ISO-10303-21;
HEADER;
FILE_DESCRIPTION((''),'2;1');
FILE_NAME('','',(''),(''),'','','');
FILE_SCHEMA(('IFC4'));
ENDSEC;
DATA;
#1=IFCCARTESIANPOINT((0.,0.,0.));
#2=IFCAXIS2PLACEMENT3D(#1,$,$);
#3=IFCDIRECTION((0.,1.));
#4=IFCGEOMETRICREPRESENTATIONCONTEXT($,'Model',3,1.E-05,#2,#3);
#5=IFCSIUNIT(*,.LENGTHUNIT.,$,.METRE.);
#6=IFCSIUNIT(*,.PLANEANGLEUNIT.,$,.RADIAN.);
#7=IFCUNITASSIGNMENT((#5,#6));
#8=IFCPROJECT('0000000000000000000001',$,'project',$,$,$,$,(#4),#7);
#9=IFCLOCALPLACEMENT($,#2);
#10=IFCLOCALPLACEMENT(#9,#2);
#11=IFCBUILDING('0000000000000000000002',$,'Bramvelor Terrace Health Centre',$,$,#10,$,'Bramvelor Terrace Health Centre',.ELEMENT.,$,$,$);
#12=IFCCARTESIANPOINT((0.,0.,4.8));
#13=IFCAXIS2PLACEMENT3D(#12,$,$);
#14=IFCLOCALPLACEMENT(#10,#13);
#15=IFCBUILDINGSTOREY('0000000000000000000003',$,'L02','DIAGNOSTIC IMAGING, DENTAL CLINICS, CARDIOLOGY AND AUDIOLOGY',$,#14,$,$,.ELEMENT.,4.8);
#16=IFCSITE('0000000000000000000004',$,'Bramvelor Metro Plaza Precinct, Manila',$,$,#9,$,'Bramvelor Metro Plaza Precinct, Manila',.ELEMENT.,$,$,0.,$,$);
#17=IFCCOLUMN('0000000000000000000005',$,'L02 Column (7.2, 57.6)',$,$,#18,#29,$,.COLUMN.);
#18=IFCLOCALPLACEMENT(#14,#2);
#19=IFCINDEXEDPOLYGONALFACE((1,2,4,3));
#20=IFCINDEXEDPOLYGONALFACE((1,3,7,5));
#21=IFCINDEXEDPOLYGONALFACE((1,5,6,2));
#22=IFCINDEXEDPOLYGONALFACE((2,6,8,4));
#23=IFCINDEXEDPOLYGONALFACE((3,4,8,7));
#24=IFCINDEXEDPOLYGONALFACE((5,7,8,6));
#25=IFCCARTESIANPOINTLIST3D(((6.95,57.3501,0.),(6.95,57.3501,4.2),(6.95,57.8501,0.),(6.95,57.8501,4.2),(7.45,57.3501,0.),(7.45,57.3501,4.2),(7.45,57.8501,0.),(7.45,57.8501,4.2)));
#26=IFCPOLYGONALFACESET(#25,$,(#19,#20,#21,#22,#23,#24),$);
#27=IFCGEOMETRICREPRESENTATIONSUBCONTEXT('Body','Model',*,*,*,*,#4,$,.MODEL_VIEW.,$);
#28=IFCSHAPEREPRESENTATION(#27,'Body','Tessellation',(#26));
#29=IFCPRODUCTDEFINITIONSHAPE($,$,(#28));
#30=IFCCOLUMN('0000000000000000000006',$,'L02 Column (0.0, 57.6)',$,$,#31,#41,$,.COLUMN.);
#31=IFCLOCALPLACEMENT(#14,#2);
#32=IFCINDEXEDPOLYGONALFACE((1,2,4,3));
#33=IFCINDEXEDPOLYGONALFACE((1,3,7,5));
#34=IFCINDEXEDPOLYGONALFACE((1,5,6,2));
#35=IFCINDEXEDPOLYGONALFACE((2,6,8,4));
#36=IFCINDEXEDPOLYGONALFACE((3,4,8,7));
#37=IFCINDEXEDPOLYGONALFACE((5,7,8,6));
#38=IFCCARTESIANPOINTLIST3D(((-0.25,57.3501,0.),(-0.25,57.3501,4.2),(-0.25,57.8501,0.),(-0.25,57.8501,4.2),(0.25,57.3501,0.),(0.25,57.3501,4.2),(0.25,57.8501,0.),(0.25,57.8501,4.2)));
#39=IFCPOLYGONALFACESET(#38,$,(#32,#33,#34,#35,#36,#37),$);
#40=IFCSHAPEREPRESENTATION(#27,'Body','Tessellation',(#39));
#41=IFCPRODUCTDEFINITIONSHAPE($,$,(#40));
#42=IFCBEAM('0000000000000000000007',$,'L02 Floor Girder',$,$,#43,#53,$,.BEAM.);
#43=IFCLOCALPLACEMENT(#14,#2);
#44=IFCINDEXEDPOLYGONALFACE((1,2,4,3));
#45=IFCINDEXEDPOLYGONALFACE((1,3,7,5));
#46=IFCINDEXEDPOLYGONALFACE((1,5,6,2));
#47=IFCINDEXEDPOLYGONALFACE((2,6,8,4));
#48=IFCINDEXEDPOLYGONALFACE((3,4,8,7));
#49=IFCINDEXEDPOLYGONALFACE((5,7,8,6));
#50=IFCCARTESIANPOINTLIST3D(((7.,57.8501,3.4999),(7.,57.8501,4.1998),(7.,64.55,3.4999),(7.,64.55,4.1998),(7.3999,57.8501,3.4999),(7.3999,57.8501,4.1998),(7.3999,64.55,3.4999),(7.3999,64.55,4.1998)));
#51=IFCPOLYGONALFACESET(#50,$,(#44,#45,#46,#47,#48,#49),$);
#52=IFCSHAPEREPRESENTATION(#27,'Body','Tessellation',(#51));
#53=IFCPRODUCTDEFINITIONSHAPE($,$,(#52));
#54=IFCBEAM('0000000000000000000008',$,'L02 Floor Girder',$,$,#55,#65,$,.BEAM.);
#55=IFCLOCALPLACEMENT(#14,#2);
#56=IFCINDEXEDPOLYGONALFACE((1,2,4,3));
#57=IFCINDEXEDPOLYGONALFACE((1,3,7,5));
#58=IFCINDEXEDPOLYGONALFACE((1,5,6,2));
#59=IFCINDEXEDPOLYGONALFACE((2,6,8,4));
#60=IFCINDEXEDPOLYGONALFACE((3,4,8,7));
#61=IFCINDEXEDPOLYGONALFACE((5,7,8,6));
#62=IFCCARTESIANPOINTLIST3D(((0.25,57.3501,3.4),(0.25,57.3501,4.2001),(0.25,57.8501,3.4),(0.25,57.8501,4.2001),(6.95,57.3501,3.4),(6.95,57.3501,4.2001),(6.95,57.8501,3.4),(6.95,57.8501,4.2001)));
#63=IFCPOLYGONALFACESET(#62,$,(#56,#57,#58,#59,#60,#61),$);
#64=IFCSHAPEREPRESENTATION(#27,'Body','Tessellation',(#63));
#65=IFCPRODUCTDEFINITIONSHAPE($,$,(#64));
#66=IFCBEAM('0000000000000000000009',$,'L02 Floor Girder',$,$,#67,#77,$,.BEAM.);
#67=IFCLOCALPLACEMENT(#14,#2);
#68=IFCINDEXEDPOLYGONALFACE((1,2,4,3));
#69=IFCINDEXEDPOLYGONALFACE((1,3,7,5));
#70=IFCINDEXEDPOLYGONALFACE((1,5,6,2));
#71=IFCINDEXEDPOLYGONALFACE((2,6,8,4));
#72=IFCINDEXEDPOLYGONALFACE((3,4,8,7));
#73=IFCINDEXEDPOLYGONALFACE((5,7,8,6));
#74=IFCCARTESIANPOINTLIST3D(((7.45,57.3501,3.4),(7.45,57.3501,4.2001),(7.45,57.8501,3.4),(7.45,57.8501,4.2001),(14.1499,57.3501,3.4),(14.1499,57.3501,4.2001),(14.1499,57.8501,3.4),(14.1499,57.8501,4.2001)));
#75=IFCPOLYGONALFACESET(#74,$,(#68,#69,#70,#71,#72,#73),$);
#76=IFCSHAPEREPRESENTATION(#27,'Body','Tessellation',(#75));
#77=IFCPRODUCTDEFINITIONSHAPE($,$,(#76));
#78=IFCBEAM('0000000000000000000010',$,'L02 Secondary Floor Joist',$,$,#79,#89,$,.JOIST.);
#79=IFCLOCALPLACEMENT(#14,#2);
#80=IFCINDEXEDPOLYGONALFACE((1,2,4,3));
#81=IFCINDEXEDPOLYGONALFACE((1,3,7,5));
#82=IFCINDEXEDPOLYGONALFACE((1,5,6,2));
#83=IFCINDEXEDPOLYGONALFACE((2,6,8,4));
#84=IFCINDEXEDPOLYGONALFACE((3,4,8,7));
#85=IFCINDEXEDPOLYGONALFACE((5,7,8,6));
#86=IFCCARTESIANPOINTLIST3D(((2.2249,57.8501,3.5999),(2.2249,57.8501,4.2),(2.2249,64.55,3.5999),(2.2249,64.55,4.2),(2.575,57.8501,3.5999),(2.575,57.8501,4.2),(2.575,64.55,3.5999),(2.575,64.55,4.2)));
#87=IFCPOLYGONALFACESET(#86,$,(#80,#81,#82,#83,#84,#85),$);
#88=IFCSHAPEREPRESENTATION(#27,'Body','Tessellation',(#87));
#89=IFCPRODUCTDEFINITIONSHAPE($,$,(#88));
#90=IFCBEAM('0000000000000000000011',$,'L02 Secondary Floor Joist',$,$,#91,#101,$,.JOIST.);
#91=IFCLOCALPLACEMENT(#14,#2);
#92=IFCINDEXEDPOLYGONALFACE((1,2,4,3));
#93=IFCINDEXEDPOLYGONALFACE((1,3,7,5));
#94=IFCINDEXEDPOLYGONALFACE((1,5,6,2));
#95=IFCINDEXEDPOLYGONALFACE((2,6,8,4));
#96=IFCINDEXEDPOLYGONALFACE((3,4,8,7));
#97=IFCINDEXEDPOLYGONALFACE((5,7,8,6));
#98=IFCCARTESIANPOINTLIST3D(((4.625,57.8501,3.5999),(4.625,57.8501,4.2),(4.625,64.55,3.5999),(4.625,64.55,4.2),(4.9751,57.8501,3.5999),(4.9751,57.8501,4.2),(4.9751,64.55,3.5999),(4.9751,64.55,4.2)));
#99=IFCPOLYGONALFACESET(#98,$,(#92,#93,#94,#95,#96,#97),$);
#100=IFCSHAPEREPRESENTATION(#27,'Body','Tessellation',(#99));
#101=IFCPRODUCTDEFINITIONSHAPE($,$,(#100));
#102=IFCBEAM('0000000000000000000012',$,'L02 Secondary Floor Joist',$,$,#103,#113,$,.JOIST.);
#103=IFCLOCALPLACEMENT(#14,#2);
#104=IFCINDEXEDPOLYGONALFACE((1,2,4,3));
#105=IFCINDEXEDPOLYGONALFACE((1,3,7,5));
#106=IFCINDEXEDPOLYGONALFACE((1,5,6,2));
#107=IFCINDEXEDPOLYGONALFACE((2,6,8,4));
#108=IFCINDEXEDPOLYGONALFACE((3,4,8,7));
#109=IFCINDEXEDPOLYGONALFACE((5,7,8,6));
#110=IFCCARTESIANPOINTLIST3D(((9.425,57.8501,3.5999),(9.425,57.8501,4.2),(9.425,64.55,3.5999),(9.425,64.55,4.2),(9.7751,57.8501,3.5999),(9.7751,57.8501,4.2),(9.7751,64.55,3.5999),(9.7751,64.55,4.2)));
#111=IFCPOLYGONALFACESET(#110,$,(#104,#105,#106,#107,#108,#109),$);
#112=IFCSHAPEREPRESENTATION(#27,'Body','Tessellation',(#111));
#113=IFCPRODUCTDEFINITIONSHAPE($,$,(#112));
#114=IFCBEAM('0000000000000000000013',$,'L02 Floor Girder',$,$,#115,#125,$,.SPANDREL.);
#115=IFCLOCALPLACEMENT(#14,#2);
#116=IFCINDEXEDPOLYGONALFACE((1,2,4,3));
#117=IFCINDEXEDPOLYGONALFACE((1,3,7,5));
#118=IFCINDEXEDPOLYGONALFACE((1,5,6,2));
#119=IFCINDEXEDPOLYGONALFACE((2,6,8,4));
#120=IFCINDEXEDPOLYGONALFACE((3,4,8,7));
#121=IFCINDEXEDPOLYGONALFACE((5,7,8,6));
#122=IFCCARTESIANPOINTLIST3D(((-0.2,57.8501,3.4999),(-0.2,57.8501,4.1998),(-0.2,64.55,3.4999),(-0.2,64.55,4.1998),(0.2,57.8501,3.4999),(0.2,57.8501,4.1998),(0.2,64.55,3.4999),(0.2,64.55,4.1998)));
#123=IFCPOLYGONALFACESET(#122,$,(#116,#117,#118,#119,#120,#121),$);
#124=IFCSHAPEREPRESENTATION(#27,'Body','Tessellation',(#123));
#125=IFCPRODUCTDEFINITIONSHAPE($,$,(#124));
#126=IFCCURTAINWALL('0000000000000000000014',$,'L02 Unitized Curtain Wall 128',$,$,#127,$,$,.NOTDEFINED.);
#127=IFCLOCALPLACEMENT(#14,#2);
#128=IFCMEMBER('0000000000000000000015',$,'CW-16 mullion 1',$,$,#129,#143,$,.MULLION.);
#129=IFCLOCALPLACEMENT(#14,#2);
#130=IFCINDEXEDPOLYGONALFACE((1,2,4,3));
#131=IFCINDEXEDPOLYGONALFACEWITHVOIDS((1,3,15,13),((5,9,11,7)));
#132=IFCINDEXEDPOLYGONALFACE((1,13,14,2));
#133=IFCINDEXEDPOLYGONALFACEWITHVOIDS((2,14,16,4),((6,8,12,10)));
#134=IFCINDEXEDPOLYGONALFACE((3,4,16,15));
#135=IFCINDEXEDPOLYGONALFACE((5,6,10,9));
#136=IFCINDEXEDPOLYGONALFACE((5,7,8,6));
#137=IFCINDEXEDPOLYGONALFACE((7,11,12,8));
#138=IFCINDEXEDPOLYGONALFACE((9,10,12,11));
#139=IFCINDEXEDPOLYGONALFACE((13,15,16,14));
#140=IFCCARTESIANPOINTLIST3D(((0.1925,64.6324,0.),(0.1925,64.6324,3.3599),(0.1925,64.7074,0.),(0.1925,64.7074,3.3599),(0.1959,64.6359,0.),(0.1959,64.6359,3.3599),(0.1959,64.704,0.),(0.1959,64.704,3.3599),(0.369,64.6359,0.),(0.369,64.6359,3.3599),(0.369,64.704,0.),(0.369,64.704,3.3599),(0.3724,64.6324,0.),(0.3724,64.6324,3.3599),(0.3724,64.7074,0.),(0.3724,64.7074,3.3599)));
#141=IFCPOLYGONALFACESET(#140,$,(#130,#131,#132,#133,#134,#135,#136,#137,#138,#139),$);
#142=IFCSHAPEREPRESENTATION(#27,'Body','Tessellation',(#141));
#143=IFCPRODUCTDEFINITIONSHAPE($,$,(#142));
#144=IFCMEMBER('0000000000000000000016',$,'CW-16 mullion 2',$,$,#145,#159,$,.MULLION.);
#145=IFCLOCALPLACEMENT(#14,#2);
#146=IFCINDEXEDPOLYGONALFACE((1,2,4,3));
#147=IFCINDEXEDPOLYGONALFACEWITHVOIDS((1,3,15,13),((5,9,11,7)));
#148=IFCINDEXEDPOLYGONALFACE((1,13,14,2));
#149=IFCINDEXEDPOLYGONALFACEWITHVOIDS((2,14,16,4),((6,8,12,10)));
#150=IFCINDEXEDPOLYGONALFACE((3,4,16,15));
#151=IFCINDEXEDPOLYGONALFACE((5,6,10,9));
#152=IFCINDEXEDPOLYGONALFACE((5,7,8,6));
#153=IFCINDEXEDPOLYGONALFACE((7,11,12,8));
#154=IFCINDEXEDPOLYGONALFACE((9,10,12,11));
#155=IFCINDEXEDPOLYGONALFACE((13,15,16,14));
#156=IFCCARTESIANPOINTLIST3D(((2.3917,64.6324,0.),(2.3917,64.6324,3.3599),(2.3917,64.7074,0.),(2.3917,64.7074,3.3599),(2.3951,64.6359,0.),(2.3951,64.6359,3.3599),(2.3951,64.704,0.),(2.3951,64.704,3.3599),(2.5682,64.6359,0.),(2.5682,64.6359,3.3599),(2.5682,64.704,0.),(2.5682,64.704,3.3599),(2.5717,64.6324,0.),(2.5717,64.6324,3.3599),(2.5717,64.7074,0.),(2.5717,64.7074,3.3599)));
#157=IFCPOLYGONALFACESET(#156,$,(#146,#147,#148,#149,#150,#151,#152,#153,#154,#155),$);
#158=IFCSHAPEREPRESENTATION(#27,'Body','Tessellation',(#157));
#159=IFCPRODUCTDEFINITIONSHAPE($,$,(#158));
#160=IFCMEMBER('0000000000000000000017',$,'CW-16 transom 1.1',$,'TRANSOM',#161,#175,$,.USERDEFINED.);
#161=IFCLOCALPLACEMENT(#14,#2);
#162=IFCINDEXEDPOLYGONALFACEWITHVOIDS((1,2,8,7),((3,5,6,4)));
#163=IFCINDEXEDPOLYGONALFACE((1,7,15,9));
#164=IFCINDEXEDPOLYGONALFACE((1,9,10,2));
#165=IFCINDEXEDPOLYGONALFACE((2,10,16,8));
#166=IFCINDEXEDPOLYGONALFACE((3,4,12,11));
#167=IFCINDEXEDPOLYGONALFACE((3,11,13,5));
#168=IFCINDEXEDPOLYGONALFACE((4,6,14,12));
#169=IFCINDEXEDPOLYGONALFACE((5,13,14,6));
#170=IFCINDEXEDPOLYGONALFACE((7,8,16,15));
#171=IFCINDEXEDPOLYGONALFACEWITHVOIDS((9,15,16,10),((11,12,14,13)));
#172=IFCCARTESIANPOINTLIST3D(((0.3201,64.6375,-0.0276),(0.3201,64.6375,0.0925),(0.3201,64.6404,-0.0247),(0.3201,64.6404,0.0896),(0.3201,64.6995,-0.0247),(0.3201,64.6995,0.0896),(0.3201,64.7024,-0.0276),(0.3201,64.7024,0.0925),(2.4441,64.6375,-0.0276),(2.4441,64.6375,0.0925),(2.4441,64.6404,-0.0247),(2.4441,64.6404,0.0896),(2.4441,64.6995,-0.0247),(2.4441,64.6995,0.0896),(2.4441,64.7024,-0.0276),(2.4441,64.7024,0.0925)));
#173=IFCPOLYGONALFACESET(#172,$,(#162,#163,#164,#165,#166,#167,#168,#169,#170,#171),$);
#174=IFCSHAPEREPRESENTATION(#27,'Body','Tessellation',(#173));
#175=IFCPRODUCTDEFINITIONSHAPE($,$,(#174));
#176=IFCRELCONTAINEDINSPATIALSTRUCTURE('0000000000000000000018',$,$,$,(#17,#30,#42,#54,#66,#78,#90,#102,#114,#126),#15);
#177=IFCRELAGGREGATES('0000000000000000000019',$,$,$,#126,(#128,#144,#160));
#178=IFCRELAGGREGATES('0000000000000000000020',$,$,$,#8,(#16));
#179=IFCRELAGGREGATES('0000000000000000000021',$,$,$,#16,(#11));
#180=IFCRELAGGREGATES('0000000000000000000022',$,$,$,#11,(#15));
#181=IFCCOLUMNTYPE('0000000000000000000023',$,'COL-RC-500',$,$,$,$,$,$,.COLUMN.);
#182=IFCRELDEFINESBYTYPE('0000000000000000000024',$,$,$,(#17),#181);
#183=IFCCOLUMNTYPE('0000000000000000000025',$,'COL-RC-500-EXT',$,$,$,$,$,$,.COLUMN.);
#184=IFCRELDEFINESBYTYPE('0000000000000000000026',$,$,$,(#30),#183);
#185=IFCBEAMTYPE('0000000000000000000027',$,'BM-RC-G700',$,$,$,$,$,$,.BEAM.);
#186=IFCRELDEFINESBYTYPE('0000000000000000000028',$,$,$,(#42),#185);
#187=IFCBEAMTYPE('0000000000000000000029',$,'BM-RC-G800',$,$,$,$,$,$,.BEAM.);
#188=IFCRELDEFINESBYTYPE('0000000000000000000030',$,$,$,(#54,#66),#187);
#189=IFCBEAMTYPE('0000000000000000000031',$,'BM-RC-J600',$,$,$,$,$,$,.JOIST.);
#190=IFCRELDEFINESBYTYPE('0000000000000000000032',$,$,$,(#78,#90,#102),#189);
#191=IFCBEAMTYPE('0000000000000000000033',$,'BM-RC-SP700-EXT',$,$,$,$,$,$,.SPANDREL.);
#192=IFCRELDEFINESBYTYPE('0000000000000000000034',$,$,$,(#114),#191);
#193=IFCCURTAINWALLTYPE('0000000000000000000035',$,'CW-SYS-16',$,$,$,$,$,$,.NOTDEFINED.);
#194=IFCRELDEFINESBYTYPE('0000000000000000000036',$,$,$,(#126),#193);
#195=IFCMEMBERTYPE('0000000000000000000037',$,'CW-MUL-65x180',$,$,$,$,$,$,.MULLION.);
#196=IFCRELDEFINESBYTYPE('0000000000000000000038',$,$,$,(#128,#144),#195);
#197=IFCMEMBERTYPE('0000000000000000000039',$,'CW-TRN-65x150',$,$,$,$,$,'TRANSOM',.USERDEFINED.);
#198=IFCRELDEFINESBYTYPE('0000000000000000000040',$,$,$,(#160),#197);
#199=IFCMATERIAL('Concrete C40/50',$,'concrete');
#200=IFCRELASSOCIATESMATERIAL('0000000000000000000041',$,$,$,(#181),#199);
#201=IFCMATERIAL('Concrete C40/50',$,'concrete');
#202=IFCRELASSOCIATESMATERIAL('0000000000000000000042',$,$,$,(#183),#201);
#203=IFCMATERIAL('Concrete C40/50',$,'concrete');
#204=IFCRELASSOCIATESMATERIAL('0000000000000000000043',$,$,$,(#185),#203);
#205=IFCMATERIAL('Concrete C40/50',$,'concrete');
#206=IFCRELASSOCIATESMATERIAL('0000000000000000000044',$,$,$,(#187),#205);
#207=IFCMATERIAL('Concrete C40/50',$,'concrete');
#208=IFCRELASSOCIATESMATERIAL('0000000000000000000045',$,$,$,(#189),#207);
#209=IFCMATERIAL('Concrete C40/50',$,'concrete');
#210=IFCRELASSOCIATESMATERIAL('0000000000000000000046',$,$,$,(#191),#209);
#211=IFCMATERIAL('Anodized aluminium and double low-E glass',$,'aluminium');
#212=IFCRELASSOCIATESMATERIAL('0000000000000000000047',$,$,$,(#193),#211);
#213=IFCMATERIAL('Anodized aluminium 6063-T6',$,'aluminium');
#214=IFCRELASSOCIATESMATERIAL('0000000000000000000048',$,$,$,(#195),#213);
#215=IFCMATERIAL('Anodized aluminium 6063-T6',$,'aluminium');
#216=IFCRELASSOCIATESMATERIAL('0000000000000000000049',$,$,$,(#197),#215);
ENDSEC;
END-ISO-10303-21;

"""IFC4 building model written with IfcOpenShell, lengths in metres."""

from ifc_helpers import new_model, si_unit, direction, frame, origin, origin_2d, place, context, subcontext, project, spatial, rectangle, hollow_rectangle, extrude, material, material_profile, profile_set, type_object, element, aggregate, save


model = new_model("IFC4")

# Units and contexts
model_context = context("Model", 3, precision=1e-05, world=origin(), true_north=direction((0.0, 1.0)))
body_context = subcontext(model_context, "Body", "Model", "MODEL_VIEW")
ifc_project = project(units=[si_unit("LENGTHUNIT", "METRE"), si_unit("PLANEANGLEUNIT", "RADIAN")], contexts=[model_context])

# Site, building, storey
site_placement = place(None, origin())
site = spatial("IfcSite", under=ifc_project, at=site_placement, Name="Bramvelor Metro Plaza Precinct, Manila", LongName="Bramvelor Metro Plaza Precinct, Manila", CompositionType="ELEMENT", RefElevation=0.0)
building_placement = place(site_placement, origin())
building = spatial("IfcBuilding", under=site, at=building_placement, Name="Bramvelor Terrace Health Centre", LongName="Bramvelor Terrace Health Centre", CompositionType="ELEMENT")
storey_placement = place(building_placement, frame((0.0, 0.0, 4.8)))
storey = spatial("IfcBuildingStorey", under=building, at=storey_placement, Name="L02", Description="DIAGNOSTIC IMAGING, DENTAL CLINICS, CARDIOLOGY AND AUDIOLOGY", CompositionType="ELEMENT", Elevation=4.8)

# Columns
ifc_material_1 = material(Name="Concrete C40/50", Category="concrete")
ifc_material_profile_1 = material_profile(ifc_material_1, rectangle(XDim=0.5, YDim=0.5, at=origin_2d()), Name="RC 500x500")
ifc_profile_set_1 = profile_set([ifc_material_profile_1], Name="Concrete C40/50")
column_type_1 = type_object("IfcColumnType", Name="COL-RC-500", PredefinedType="COLUMN", material=ifc_profile_set_1)
column_1_placement = place(storey_placement, frame((7.2, 57.6001, 0.0), z_axis=(0.0, 0.0, 1.0), x_axis=(1.0, 0.0, 0.0)))
element("IfcColumn", 1, at=column_1_placement, inside=storey, type_object=column_type_1, Name="L02 Column (7.2, 57.6)", PredefinedType="COLUMN", context=body_context, shape_type="SweptSolid", body=[
    extrude(rectangle(XDim=0.5, YDim=0.5, at=origin_2d()), origin(), (0.0, 0.0, 1.0), 4.2),
])
ifc_material_2 = material(Name="Concrete C40/50", Category="concrete")
ifc_material_profile_2 = material_profile(ifc_material_2, rectangle(XDim=0.5, YDim=0.5, at=origin_2d()), Name="RC 500x500")
ifc_profile_set_2 = profile_set([ifc_material_profile_2], Name="Concrete C40/50")
column_type_2 = type_object("IfcColumnType", Name="COL-RC-500-EXT", PredefinedType="COLUMN", material=ifc_profile_set_2)
column_2_placement = place(storey_placement, frame((0.0, 57.6001, 0.0), z_axis=(0.0, 0.0, 1.0), x_axis=(1.0, 0.0, 0.0)))
element("IfcColumn", 2, at=column_2_placement, inside=storey, type_object=column_type_2, Name="L02 Column (0.0, 57.6)", PredefinedType="COLUMN", context=body_context, shape_type="SweptSolid", body=[
    extrude(rectangle(XDim=0.5, YDim=0.5, at=origin_2d()), origin(), (0.0, 0.0, 1.0), 4.2),
])

# Beams
ifc_material_3 = material(Name="Concrete C40/50", Category="concrete")
ifc_material_profile_3 = material_profile(ifc_material_3, rectangle(XDim=0.3999, YDim=0.7, at=origin_2d()), Name="RC 400x700")
ifc_profile_set_3 = profile_set([ifc_material_profile_3], Name="Concrete C40/50")
beam_type_1 = type_object("IfcBeamType", Name="BM-RC-G700", PredefinedType="BEAM", material=ifc_profile_set_3)
beam_1_placement = place(storey_placement, frame((7.2, 57.8501, 3.8499), z_axis=(0.0, 1.0, 0.0), x_axis=(-1.0, 0.0, 0.0)))
element("IfcBeam", 3, at=beam_1_placement, inside=storey, type_object=beam_type_1, Name="L02 Floor Girder", PredefinedType="BEAM", context=body_context, shape_type="SweptSolid", body=[
    extrude(rectangle(XDim=0.3999, YDim=0.7, at=origin_2d()), origin(), (0.0, 0.0, 1.0), 6.7),
])
ifc_material_4 = material(Name="Concrete C40/50", Category="concrete")
ifc_material_profile_4 = material_profile(ifc_material_4, rectangle(XDim=0.5, YDim=0.8, at=origin_2d()), Name="RC 500x800")
ifc_profile_set_4 = profile_set([ifc_material_profile_4], Name="Concrete C40/50")
beam_type_2 = type_object("IfcBeamType", Name="BM-RC-G800", PredefinedType="BEAM", material=ifc_profile_set_4)
for number, where, z_axis, x_axis, name in (
    (4, (0.25, 57.6001, 3.8), (1.0, 0.0, 0.0), (0.0, 1.0, 0.0), "L02 Floor Girder"),
    (5, (7.45, 57.6001, 3.8), (1.0, 0.0, 0.0), (0.0, 1.0, 0.0), "L02 Floor Girder"),
):
    element("IfcBeam", number, at=place(storey_placement, frame(where, z_axis=z_axis, x_axis=x_axis)), inside=storey, type_object=beam_type_2, Name=name, PredefinedType="BEAM", context=body_context, shape_type="SweptSolid", body=[
        extrude(rectangle(XDim=0.5, YDim=0.8, at=origin_2d()), origin(), (0.0, 0.0, 1.0), 6.7),
    ])
ifc_material_5 = material(Name="Concrete C40/50", Category="concrete")
ifc_material_profile_5 = material_profile(ifc_material_5, rectangle(XDim=0.3501, YDim=0.6001, at=origin_2d()), Name="RC 350x600")
ifc_profile_set_5 = profile_set([ifc_material_profile_5], Name="Concrete C40/50")
beam_type_3 = type_object("IfcBeamType", Name="BM-RC-J600", PredefinedType="JOIST", material=ifc_profile_set_5)
for number, where, z_axis, x_axis, name in (
    (6, (2.3999, 57.8501, 3.8999), (0.0, 1.0, 0.0), (-1.0, 0.0, 0.0), "L02 Secondary Floor Joist"),
    (7, (4.8, 57.8501, 3.8999), (0.0, 1.0, 0.0), (-1.0, 0.0, 0.0), "L02 Secondary Floor Joist"),
    (8, (9.6001, 57.8501, 3.8999), (0.0, 1.0, 0.0), (-1.0, 0.0, 0.0), "L02 Secondary Floor Joist"),
):
    element("IfcBeam", number, at=place(storey_placement, frame(where, z_axis=z_axis, x_axis=x_axis)), inside=storey, type_object=beam_type_3, Name=name, PredefinedType="JOIST", context=body_context, shape_type="SweptSolid", body=[
        extrude(rectangle(XDim=0.3501, YDim=0.6001, at=origin_2d()), origin(), (0.0, 0.0, 1.0), 6.7),
    ])
ifc_material_6 = material(Name="Concrete C40/50", Category="concrete")
ifc_material_profile_6 = material_profile(ifc_material_6, rectangle(XDim=0.3999, YDim=0.7, at=origin_2d()), Name="RC 400x700")
ifc_profile_set_6 = profile_set([ifc_material_profile_6], Name="Concrete C40/50")
beam_type_4 = type_object("IfcBeamType", Name="BM-RC-SP700-EXT", PredefinedType="SPANDREL", material=ifc_profile_set_6)
beam_2_placement = place(storey_placement, frame((0.0, 57.8501, 3.8499), z_axis=(0.0, 1.0, 0.0), x_axis=(-1.0, 0.0, 0.0)))
element("IfcBeam", 9, at=beam_2_placement, inside=storey, type_object=beam_type_4, Name="L02 Floor Girder", PredefinedType="SPANDREL", context=body_context, shape_type="SweptSolid", body=[
    extrude(rectangle(XDim=0.3999, YDim=0.7, at=origin_2d()), origin(), (0.0, 0.0, 1.0), 6.7),
])

# Curtain wall, members
ifc_material_7 = material(Name="Anodized aluminium and double low-E glass", Category="aluminium")
curtain_wall_type = type_object("IfcCurtainWallType", Name="CW-SYS-16", PredefinedType="NOTDEFINED", material=ifc_material_7)
curtain_wall_placement = place(storey_placement, origin())
curtain_wall = element("IfcCurtainWall", 10, at=curtain_wall_placement, inside=storey, type_object=curtain_wall_type, Name="L02 Unitized Curtain Wall 128", PredefinedType="NOTDEFINED")
ifc_material_8 = material(Name="Anodized aluminium 6063-T6", Category="aluminium")
ifc_material_profile_7 = material_profile(ifc_material_8, hollow_rectangle(XDim=0.075, YDim=0.1799, WallThickness=0.0034, at=origin_2d()), Name="ALU-MUL 75x180x3.5")
ifc_profile_set_7 = profile_set([ifc_material_profile_7], Name="Anodized aluminium 6063-T6")
member_type_1 = type_object("IfcMemberType", Name="CW-MUL-65x180", PredefinedType="MULLION", material=ifc_profile_set_7)
member_1_placement = place(storey_placement, frame((0.2825, 64.6699, 0.0), z_axis=(0.0, 0.0, 1.0), x_axis=(0.0, 1.0, 0.0)))
member_1 = element("IfcMember", 11, at=member_1_placement, type_object=member_type_1, Name="CW-16 mullion 1", PredefinedType="MULLION", context=body_context, shape_type="SweptSolid", body=[
    extrude(hollow_rectangle(XDim=0.075, YDim=0.1799, WallThickness=0.0034, at=origin_2d()), origin(), (0.0, 0.0, 1.0), 3.3599),
])
member_2_placement = place(storey_placement, frame((2.4817, 64.6699, 0.0), z_axis=(0.0, 0.0, 1.0), x_axis=(0.0, 1.0, 0.0)))
member_2 = element("IfcMember", 12, at=member_2_placement, type_object=member_type_1, Name="CW-16 mullion 2", PredefinedType="MULLION", context=body_context, shape_type="SweptSolid", body=[
    extrude(hollow_rectangle(XDim=0.075, YDim=0.1799, WallThickness=0.0034, at=origin_2d()), origin(), (0.0, 0.0, 1.0), 3.3599),
])
ifc_material_9 = material(Name="Anodized aluminium 6063-T6", Category="aluminium")
ifc_material_profile_8 = material_profile(ifc_material_9, hollow_rectangle(XDim=0.0649, YDim=0.1201, WallThickness=0.0029, at=origin_2d()), Name="ALU-TRN 65x120x3.0")
ifc_profile_set_8 = profile_set([ifc_material_profile_8], Name="Anodized aluminium 6063-T6")
member_type_2 = type_object("IfcMemberType", Name="CW-TRN-65x150", ElementType="TRANSOM", PredefinedType="USERDEFINED", material=ifc_profile_set_8)
member_3_placement = place(storey_placement, frame((0.3201, 64.6699, 0.0325), z_axis=(1.0, 0.0, 0.0), x_axis=(0.0, 1.0, 0.0)))
member_3 = element("IfcMember", 13, at=member_3_placement, type_object=member_type_2, Name="CW-16 transom 1.1", ObjectType="TRANSOM", PredefinedType="USERDEFINED", context=body_context, shape_type="SweptSolid", body=[
    extrude(hollow_rectangle(XDim=0.0649, YDim=0.1201, WallThickness=0.0029, at=origin_2d()), origin(), (0.0, 0.0, 1.0), 2.124),
])
aggregate(curtain_wall, [member_1, member_2, member_3])

save(model, "model.ifc")
